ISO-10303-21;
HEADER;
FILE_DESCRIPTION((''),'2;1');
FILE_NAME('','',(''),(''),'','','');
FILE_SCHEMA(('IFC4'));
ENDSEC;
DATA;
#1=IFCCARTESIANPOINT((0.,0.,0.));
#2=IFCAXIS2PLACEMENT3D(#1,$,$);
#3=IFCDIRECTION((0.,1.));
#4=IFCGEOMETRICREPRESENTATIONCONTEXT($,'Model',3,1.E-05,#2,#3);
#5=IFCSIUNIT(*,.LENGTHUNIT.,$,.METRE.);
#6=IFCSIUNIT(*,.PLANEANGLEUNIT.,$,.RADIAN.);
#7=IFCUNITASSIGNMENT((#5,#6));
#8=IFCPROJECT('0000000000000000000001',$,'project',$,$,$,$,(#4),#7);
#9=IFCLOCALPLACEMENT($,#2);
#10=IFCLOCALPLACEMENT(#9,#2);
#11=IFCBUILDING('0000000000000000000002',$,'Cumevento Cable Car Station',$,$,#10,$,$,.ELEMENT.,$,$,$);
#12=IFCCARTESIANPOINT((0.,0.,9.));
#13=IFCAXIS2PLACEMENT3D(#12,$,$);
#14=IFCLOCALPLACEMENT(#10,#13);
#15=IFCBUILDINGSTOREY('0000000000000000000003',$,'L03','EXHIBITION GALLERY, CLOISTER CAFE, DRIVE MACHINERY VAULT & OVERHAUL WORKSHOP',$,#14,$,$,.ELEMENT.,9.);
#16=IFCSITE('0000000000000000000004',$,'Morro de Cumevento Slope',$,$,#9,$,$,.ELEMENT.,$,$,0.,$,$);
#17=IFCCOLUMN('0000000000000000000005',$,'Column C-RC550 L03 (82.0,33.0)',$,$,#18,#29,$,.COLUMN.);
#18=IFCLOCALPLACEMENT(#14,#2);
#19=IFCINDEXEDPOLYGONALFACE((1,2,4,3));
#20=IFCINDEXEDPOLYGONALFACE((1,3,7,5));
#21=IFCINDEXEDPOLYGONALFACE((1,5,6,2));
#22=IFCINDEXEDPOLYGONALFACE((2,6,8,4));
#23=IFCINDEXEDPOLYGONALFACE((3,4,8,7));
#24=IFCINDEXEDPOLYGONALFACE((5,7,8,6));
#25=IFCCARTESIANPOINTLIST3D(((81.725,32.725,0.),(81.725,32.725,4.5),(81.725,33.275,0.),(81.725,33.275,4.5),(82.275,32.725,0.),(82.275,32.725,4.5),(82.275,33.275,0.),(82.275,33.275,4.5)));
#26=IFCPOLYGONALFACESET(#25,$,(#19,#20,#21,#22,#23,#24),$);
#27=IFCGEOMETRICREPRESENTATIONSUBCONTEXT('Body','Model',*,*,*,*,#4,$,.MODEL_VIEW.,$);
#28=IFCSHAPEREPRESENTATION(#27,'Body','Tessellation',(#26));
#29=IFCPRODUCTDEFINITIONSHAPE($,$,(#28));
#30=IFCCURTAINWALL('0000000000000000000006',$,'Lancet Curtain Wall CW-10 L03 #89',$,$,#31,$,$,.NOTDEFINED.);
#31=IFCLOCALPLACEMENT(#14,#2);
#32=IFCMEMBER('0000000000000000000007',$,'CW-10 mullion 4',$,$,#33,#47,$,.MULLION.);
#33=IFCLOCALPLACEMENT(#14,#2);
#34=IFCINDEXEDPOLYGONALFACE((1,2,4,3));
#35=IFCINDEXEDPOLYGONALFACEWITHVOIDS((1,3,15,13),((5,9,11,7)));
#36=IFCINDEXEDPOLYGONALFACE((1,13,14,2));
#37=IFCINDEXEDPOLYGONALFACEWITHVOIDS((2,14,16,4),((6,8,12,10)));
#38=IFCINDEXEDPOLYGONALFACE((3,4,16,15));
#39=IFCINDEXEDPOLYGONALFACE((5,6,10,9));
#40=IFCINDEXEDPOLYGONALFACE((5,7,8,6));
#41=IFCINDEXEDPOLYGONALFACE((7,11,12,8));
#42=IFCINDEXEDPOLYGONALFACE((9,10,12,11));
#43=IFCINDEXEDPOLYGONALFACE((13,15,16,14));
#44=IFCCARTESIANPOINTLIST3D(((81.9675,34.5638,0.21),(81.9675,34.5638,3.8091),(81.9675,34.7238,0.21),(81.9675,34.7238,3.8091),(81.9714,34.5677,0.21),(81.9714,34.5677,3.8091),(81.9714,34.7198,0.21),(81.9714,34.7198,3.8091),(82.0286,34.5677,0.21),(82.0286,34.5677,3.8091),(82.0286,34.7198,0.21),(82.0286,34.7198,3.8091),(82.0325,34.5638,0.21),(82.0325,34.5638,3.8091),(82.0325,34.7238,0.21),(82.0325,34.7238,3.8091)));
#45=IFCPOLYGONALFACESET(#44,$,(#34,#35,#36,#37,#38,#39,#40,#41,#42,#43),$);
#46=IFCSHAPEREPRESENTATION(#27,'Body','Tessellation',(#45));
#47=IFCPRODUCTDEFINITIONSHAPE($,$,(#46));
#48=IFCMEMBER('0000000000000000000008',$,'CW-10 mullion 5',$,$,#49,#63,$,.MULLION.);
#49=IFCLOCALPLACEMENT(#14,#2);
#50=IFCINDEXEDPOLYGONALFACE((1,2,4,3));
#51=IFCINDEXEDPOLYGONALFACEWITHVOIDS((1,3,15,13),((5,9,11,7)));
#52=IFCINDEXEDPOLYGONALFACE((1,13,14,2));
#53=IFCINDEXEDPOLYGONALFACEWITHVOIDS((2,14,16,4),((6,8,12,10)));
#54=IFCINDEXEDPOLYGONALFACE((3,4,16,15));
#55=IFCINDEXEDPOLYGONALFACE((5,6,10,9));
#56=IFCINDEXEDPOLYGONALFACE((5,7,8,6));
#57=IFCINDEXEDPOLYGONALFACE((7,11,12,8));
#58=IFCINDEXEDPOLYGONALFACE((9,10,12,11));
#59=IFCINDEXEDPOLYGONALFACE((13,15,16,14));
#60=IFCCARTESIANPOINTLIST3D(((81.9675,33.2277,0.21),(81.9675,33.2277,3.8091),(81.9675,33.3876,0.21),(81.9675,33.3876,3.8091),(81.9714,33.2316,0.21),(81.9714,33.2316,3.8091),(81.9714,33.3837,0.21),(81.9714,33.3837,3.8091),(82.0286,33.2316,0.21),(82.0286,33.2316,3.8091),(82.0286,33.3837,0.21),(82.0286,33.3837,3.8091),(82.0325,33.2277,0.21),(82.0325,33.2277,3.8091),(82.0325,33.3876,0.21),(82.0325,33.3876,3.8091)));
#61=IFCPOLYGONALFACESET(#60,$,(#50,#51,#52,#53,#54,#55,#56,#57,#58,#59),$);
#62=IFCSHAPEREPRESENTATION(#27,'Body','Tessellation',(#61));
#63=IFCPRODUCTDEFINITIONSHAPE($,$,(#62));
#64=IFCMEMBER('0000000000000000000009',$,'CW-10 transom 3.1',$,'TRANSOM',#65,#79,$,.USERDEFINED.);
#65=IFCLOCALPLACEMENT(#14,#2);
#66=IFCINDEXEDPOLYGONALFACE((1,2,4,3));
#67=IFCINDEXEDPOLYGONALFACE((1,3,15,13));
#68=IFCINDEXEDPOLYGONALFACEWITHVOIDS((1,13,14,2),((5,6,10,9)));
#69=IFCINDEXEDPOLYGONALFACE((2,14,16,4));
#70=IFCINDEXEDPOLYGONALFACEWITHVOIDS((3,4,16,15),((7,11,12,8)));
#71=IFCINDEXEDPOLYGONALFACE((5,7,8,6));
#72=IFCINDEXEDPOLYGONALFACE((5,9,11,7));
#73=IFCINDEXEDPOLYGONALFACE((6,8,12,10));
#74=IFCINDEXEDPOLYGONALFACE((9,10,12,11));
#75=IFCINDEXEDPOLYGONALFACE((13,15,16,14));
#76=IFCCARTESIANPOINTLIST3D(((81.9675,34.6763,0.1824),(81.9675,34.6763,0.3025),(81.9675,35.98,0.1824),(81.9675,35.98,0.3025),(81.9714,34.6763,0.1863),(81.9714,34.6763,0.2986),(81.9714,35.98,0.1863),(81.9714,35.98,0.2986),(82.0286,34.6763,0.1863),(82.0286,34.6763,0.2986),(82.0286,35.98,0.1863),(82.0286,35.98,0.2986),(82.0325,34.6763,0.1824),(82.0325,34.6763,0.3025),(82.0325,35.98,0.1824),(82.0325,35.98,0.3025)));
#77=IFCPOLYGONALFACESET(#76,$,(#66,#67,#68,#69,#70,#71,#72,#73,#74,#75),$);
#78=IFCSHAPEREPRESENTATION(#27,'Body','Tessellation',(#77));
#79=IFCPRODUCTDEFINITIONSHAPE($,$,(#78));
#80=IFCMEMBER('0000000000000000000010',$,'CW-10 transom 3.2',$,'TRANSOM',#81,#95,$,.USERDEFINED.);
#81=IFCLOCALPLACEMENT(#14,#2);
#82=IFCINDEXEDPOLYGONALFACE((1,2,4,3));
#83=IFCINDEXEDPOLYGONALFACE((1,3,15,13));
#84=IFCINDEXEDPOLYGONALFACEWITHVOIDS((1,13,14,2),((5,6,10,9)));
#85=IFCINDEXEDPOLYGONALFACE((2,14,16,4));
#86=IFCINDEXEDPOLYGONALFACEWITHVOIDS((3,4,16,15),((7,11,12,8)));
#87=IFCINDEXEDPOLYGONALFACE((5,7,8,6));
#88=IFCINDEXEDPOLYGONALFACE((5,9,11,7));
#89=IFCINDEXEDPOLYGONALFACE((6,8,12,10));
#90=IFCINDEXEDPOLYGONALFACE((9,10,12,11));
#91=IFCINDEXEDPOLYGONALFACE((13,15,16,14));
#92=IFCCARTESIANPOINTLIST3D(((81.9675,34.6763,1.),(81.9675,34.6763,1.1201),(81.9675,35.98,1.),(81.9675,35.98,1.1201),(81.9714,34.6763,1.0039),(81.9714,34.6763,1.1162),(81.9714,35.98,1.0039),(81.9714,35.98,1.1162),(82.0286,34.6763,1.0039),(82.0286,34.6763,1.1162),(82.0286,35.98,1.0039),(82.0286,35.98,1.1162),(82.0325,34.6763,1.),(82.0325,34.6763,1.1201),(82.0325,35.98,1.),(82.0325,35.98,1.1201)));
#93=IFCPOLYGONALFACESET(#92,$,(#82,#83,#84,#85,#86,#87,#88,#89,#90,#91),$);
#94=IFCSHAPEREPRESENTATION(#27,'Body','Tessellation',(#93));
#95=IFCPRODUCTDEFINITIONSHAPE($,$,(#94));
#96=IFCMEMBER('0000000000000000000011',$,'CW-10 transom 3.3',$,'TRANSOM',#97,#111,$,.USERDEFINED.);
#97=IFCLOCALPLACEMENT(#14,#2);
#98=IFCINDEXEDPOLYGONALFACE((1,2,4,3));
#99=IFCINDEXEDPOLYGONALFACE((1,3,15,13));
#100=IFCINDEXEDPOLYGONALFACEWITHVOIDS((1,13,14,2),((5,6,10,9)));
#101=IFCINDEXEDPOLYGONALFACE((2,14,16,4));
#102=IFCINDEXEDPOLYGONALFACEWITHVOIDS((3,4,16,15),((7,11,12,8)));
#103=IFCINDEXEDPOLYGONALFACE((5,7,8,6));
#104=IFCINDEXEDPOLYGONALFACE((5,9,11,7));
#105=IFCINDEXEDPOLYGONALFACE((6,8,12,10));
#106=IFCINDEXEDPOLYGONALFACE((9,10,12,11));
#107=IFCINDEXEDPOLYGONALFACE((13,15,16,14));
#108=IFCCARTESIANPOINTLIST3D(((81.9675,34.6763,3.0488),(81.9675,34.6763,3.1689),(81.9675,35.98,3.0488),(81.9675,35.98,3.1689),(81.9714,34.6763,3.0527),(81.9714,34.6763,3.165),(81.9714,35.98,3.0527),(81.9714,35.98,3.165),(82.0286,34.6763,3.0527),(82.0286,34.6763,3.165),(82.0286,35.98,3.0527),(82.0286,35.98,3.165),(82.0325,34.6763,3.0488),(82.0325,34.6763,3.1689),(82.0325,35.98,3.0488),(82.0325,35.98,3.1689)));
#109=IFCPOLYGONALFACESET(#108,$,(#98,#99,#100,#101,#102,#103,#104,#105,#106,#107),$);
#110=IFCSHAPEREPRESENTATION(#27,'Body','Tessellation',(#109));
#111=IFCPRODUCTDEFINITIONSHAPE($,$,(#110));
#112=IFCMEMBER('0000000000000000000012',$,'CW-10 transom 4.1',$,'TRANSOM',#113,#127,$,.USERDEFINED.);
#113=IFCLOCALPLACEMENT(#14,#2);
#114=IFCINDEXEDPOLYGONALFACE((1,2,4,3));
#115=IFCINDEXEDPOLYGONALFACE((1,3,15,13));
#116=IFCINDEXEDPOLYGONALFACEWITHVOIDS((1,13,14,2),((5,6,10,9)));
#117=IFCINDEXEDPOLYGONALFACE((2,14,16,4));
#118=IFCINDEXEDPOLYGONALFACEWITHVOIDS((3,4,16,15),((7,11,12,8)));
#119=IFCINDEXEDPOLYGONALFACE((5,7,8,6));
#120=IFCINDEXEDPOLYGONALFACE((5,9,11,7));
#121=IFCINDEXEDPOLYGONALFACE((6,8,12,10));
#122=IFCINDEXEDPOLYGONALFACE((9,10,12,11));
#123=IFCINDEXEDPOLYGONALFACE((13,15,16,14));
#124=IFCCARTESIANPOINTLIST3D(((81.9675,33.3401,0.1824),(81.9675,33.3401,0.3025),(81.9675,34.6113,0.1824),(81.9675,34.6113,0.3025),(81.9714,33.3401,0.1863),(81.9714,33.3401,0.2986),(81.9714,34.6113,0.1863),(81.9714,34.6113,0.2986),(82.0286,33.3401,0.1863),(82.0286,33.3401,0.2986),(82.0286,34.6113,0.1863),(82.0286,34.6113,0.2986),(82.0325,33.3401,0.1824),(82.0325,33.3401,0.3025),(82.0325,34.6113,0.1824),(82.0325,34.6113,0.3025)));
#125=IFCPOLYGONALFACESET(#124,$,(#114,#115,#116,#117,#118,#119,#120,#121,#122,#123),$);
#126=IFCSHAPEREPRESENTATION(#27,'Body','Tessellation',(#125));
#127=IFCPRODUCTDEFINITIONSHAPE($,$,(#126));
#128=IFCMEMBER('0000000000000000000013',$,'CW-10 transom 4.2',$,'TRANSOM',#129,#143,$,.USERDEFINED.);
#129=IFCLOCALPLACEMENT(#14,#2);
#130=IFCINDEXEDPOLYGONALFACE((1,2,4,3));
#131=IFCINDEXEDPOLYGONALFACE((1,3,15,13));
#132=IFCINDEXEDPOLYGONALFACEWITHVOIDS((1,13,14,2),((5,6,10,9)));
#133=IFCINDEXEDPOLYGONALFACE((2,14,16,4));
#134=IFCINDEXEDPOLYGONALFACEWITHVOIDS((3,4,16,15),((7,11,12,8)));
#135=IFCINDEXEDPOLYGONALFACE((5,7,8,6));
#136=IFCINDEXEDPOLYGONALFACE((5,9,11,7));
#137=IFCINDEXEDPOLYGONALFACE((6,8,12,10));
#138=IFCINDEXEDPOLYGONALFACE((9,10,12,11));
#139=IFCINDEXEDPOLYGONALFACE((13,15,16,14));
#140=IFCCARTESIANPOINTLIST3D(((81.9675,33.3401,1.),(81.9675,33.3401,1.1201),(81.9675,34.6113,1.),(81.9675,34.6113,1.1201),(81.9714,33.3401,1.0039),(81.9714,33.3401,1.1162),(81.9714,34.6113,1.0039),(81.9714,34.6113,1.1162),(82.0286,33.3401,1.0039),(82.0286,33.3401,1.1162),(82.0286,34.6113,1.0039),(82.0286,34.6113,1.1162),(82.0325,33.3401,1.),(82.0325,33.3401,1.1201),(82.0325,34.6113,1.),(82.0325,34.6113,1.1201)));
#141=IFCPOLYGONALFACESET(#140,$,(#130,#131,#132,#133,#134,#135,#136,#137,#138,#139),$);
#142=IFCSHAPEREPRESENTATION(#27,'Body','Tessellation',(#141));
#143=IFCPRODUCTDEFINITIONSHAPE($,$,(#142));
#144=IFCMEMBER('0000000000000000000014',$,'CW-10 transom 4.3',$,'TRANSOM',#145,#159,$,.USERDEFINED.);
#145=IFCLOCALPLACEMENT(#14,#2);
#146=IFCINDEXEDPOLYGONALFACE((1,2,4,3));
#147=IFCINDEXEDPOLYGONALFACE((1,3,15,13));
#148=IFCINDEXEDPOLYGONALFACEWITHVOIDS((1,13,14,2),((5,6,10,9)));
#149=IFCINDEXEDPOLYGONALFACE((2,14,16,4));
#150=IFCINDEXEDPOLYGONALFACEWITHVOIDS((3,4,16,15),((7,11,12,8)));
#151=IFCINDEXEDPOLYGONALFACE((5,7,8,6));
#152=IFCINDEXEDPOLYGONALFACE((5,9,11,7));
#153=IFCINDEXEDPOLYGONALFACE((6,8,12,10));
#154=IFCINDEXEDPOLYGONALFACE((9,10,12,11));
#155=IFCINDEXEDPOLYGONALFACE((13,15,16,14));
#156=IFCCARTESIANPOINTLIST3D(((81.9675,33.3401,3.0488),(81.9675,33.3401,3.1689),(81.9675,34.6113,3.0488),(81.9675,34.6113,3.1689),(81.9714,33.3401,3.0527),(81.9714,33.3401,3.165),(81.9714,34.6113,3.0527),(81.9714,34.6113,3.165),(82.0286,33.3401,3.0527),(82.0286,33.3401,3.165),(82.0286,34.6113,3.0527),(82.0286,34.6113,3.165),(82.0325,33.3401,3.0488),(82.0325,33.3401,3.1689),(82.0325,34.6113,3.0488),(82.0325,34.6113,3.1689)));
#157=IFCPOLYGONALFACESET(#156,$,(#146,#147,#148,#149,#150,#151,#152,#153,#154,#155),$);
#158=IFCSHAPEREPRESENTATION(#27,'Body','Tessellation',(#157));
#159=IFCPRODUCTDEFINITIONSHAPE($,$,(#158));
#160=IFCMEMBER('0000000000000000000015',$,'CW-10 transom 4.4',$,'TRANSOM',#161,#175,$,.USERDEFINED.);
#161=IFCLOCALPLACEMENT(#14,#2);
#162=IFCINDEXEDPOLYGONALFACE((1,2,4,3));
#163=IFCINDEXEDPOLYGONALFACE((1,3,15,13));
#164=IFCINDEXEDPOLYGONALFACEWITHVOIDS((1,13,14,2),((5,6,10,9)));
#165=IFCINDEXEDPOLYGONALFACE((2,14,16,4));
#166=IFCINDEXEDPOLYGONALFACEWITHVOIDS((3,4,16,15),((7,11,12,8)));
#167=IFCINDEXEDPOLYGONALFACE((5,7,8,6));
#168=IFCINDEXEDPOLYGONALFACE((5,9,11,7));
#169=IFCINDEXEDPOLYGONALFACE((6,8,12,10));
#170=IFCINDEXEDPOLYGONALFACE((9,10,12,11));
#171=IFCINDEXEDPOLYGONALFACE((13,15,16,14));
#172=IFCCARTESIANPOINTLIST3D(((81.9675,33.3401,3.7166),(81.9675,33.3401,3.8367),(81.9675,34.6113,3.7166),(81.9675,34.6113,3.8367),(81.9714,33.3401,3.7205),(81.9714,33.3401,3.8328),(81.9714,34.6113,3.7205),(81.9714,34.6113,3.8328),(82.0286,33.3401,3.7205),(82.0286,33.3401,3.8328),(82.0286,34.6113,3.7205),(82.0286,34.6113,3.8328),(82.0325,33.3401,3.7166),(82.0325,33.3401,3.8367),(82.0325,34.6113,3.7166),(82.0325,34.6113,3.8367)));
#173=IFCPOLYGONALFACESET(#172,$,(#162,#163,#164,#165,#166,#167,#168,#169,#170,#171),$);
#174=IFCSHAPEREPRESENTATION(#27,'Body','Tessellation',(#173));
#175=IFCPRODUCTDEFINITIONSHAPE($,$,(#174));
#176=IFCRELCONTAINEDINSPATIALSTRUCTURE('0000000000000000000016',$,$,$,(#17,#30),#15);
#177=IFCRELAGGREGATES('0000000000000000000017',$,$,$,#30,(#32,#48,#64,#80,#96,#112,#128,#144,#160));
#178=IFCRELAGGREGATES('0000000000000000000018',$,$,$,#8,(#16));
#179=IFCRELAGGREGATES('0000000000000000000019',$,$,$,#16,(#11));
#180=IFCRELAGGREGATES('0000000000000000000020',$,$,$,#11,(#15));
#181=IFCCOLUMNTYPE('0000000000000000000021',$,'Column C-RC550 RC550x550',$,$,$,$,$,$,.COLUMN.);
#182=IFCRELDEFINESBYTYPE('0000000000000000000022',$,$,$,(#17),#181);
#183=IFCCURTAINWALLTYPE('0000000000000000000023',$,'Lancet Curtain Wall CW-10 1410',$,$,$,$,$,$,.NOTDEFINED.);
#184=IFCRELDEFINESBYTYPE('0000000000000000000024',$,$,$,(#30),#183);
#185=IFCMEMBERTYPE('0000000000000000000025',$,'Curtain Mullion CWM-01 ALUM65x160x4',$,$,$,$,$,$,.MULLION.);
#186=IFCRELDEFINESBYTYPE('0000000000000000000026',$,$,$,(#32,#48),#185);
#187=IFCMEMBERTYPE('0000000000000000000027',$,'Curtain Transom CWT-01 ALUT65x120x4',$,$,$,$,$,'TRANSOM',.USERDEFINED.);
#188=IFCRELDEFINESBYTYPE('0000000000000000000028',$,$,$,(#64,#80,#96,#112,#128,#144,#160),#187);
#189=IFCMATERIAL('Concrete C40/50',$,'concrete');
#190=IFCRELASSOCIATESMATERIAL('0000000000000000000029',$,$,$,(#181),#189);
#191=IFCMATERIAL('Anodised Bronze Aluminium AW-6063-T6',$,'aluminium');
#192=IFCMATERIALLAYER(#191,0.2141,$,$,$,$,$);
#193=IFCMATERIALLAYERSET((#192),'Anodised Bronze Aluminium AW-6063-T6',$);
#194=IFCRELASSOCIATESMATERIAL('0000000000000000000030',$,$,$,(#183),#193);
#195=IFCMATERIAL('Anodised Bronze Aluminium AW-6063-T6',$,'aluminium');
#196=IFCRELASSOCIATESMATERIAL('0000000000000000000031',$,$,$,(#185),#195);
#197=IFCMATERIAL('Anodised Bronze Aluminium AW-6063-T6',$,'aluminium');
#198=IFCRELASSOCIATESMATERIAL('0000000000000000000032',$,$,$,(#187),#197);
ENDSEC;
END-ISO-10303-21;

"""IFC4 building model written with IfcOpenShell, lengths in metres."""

from ifc_helpers import new_model, si_unit, direction, frame, origin, origin_2d, place, context, subcontext, project, spatial, rectangle, hollow_rectangle, extrude, material, layer, layer_set, material_profile, profile_set, type_object, element, aggregate, save


model = new_model("IFC4")

# Units and contexts
model_context = context("Model", 3, precision=1e-05, world=origin(), true_north=direction((0.0, 1.0)))
body_context = subcontext(model_context, "Body", "Model", "MODEL_VIEW")
ifc_project = project(units=[si_unit("LENGTHUNIT", "METRE"), si_unit("PLANEANGLEUNIT", "RADIAN")], contexts=[model_context])

# Site, building, storey
site_placement = place(None, origin())
site = spatial("IfcSite", under=ifc_project, at=site_placement, Name="Morro de Cumevento Slope", CompositionType="ELEMENT", RefElevation=0.0)
building_placement = place(site_placement, origin())
building = spatial("IfcBuilding", under=site, at=building_placement, Name="Cumevento Cable Car Station", CompositionType="ELEMENT")
storey_placement = place(building_placement, frame((0.0, 0.0, 9.0)))
storey = spatial("IfcBuildingStorey", under=building, at=storey_placement, Name="L03", Description="EXHIBITION GALLERY, CLOISTER CAFE, DRIVE MACHINERY VAULT & OVERHAUL WORKSHOP", CompositionType="ELEMENT", Elevation=9.0)

# Column
ifc_material_1 = material(Name="Concrete C40/50", Category="concrete")
ifc_material_profile_1 = material_profile(ifc_material_1, rectangle(XDim=0.55, YDim=0.55, at=origin_2d()), Name="RC550x550")
ifc_profile_set_1 = profile_set([ifc_material_profile_1], Name="Concrete C40/50")
column_type = type_object("IfcColumnType", Name="Column C-RC550 RC550x550", PredefinedType="COLUMN", material=ifc_profile_set_1)
column_placement = place(storey_placement, frame((82.0, 33.0, 0.0), z_axis=(0.0, 0.0, 1.0), x_axis=(1.0, 0.0, 0.0)))
element("IfcColumn", 1, at=column_placement, inside=storey, type_object=column_type, Name="Column C-RC550 L03 (82.0,33.0)", PredefinedType="COLUMN", context=body_context, shape_type="SweptSolid", body=[
    extrude(rectangle(XDim=0.55, YDim=0.55, at=origin_2d()), origin(), (0.0, 0.0, 1.0), 4.5),
])

# Curtain wall, members
ifc_material_2 = material(Name="Anodised Bronze Aluminium AW-6063-T6", Category="aluminium")
ifc_layer_1 = layer(ifc_material_2, 0.2141)
ifc_layer_set_1 = layer_set([ifc_layer_1], Name="Anodised Bronze Aluminium AW-6063-T6")
curtain_wall_type = type_object("IfcCurtainWallType", Name="Lancet Curtain Wall CW-10 1410", PredefinedType="NOTDEFINED", material=ifc_layer_set_1)
curtain_wall_placement = place(storey_placement, origin())
curtain_wall = element("IfcCurtainWall", 2, at=curtain_wall_placement, inside=storey, type_object=curtain_wall_type, Name="Lancet Curtain Wall CW-10 L03 #89", PredefinedType="NOTDEFINED")
ifc_material_3 = material(Name="Anodised Bronze Aluminium AW-6063-T6", Category="aluminium")
ifc_material_profile_2 = material_profile(ifc_material_3, hollow_rectangle(XDim=0.0649, YDim=0.1599, WallThickness=0.0039, at=origin_2d()), Name="ALUM65x160x4")
ifc_profile_set_2 = profile_set([ifc_material_profile_2], Name="Anodised Bronze Aluminium AW-6063-T6")
member_type_1 = type_object("IfcMemberType", Name="Curtain Mullion CWM-01 ALUM65x160x4", PredefinedType="MULLION", material=ifc_profile_set_2)
member_1_placement = place(storey_placement, frame((82.0, 34.6438, 0.21), z_axis=(0.0, 0.0, 1.0), x_axis=(1.0, 0.0, 0.0)))
member_1 = element("IfcMember", 3, at=member_1_placement, type_object=member_type_1, Name="CW-10 mullion 4", PredefinedType="MULLION", context=body_context, shape_type="SweptSolid", body=[
    extrude(hollow_rectangle(XDim=0.0649, YDim=0.1599, WallThickness=0.0039, at=origin_2d()), origin(), (0.0, 0.0, 1.0), 3.5991),
])
member_2_placement = place(storey_placement, frame((82.0, 33.3076, 0.21), z_axis=(0.0, 0.0, 1.0), x_axis=(1.0, 0.0, 0.0)))
member_2 = element("IfcMember", 4, at=member_2_placement, type_object=member_type_1, Name="CW-10 mullion 5", PredefinedType="MULLION", context=body_context, shape_type="SweptSolid", body=[
    extrude(hollow_rectangle(XDim=0.0649, YDim=0.1599, WallThickness=0.0039, at=origin_2d()), origin(), (0.0, 0.0, 1.0), 3.5991),
])
ifc_material_4 = material(Name="Anodised Bronze Aluminium AW-6063-T6", Category="aluminium")
ifc_material_profile_3 = material_profile(ifc_material_4, hollow_rectangle(XDim=0.0649, YDim=0.1201, WallThickness=0.0039, at=origin_2d()), Name="ALUT65x120x4")
ifc_profile_set_3 = profile_set([ifc_material_profile_3], Name="Anodised Bronze Aluminium AW-6063-T6")
member_type_2 = type_object("IfcMemberType", Name="Curtain Transom CWT-01 ALUT65x120x4", ElementType="TRANSOM", PredefinedType="USERDEFINED", material=ifc_profile_set_3)
member_3_placement = place(storey_placement, frame((82.0, 35.98, 0.2424), z_axis=(0.0, -1.0, 0.0), x_axis=(1.0, 0.0, 0.0)))
member_3 = element("IfcMember", 5, at=member_3_placement, type_object=member_type_2, Name="CW-10 transom 3.1", ObjectType="TRANSOM", PredefinedType="USERDEFINED", context=body_context, shape_type="SweptSolid", body=[
    extrude(hollow_rectangle(XDim=0.0649, YDim=0.1201, WallThickness=0.0039, at=origin_2d()), origin(), (0.0, 0.0, 1.0), 1.3037),
])
member_4_placement = place(storey_placement, frame((82.0, 35.98, 1.0601), z_axis=(0.0, -1.0, 0.0), x_axis=(1.0, 0.0, 0.0)))
member_4 = element("IfcMember", 6, at=member_4_placement, type_object=member_type_2, Name="CW-10 transom 3.2", ObjectType="TRANSOM", PredefinedType="USERDEFINED", context=body_context, shape_type="SweptSolid", body=[
    extrude(hollow_rectangle(XDim=0.0649, YDim=0.1201, WallThickness=0.0039, at=origin_2d()), origin(), (0.0, 0.0, 1.0), 1.3037),
])
member_5_placement = place(storey_placement, frame((82.0, 35.98, 3.1089), z_axis=(0.0, -1.0, 0.0), x_axis=(1.0, 0.0, 0.0)))
member_5 = element("IfcMember", 7, at=member_5_placement, type_object=member_type_2, Name="CW-10 transom 3.3", ObjectType="TRANSOM", PredefinedType="USERDEFINED", context=body_context, shape_type="SweptSolid", body=[
    extrude(hollow_rectangle(XDim=0.0649, YDim=0.1201, WallThickness=0.0039, at=origin_2d()), origin(), (0.0, 0.0, 1.0), 1.3037),
])
member_6_placement = place(storey_placement, frame((82.0, 34.6113, 0.2424), z_axis=(0.0, -1.0, 0.0), x_axis=(1.0, 0.0, 0.0)))
member_6 = element("IfcMember", 8, at=member_6_placement, type_object=member_type_2, Name="CW-10 transom 4.1", ObjectType="TRANSOM", PredefinedType="USERDEFINED", context=body_context, shape_type="SweptSolid", body=[
    extrude(hollow_rectangle(XDim=0.0649, YDim=0.1201, WallThickness=0.0039, at=origin_2d()), origin(), (0.0, 0.0, 1.0), 1.2712),
])
member_7_placement = place(storey_placement, frame((82.0, 34.6113, 1.0601), z_axis=(0.0, -1.0, 0.0), x_axis=(1.0, 0.0, 0.0)))
member_7 = element("IfcMember", 9, at=member_7_placement, type_object=member_type_2, Name="CW-10 transom 4.2", ObjectType="TRANSOM", PredefinedType="USERDEFINED", context=body_context, shape_type="SweptSolid", body=[
    extrude(hollow_rectangle(XDim=0.0649, YDim=0.1201, WallThickness=0.0039, at=origin_2d()), origin(), (0.0, 0.0, 1.0), 1.2712),
])
member_8_placement = place(storey_placement, frame((82.0, 34.6113, 3.1089), z_axis=(0.0, -1.0, 0.0), x_axis=(1.0, 0.0, 0.0)))
member_8 = element("IfcMember", 10, at=member_8_placement, type_object=member_type_2, Name="CW-10 transom 4.3", ObjectType="TRANSOM", PredefinedType="USERDEFINED", context=body_context, shape_type="SweptSolid", body=[
    extrude(hollow_rectangle(XDim=0.0649, YDim=0.1201, WallThickness=0.0039, at=origin_2d()), origin(), (0.0, 0.0, 1.0), 1.2712),
])
member_9_placement = place(storey_placement, frame((82.0, 34.6113, 3.7766), z_axis=(0.0, -1.0, 0.0), x_axis=(1.0, 0.0, 0.0)))
member_9 = element("IfcMember", 11, at=member_9_placement, type_object=member_type_2, Name="CW-10 transom 4.4", ObjectType="TRANSOM", PredefinedType="USERDEFINED", context=body_context, shape_type="SweptSolid", body=[
    extrude(hollow_rectangle(XDim=0.0649, YDim=0.1201, WallThickness=0.0039, at=origin_2d()), origin(), (0.0, 0.0, 1.0), 1.2712),
])

aggregate(curtain_wall, [member_1, member_2, member_3, member_4, member_5, member_6, member_7, member_8, member_9])

save(model, "model.ifc")
